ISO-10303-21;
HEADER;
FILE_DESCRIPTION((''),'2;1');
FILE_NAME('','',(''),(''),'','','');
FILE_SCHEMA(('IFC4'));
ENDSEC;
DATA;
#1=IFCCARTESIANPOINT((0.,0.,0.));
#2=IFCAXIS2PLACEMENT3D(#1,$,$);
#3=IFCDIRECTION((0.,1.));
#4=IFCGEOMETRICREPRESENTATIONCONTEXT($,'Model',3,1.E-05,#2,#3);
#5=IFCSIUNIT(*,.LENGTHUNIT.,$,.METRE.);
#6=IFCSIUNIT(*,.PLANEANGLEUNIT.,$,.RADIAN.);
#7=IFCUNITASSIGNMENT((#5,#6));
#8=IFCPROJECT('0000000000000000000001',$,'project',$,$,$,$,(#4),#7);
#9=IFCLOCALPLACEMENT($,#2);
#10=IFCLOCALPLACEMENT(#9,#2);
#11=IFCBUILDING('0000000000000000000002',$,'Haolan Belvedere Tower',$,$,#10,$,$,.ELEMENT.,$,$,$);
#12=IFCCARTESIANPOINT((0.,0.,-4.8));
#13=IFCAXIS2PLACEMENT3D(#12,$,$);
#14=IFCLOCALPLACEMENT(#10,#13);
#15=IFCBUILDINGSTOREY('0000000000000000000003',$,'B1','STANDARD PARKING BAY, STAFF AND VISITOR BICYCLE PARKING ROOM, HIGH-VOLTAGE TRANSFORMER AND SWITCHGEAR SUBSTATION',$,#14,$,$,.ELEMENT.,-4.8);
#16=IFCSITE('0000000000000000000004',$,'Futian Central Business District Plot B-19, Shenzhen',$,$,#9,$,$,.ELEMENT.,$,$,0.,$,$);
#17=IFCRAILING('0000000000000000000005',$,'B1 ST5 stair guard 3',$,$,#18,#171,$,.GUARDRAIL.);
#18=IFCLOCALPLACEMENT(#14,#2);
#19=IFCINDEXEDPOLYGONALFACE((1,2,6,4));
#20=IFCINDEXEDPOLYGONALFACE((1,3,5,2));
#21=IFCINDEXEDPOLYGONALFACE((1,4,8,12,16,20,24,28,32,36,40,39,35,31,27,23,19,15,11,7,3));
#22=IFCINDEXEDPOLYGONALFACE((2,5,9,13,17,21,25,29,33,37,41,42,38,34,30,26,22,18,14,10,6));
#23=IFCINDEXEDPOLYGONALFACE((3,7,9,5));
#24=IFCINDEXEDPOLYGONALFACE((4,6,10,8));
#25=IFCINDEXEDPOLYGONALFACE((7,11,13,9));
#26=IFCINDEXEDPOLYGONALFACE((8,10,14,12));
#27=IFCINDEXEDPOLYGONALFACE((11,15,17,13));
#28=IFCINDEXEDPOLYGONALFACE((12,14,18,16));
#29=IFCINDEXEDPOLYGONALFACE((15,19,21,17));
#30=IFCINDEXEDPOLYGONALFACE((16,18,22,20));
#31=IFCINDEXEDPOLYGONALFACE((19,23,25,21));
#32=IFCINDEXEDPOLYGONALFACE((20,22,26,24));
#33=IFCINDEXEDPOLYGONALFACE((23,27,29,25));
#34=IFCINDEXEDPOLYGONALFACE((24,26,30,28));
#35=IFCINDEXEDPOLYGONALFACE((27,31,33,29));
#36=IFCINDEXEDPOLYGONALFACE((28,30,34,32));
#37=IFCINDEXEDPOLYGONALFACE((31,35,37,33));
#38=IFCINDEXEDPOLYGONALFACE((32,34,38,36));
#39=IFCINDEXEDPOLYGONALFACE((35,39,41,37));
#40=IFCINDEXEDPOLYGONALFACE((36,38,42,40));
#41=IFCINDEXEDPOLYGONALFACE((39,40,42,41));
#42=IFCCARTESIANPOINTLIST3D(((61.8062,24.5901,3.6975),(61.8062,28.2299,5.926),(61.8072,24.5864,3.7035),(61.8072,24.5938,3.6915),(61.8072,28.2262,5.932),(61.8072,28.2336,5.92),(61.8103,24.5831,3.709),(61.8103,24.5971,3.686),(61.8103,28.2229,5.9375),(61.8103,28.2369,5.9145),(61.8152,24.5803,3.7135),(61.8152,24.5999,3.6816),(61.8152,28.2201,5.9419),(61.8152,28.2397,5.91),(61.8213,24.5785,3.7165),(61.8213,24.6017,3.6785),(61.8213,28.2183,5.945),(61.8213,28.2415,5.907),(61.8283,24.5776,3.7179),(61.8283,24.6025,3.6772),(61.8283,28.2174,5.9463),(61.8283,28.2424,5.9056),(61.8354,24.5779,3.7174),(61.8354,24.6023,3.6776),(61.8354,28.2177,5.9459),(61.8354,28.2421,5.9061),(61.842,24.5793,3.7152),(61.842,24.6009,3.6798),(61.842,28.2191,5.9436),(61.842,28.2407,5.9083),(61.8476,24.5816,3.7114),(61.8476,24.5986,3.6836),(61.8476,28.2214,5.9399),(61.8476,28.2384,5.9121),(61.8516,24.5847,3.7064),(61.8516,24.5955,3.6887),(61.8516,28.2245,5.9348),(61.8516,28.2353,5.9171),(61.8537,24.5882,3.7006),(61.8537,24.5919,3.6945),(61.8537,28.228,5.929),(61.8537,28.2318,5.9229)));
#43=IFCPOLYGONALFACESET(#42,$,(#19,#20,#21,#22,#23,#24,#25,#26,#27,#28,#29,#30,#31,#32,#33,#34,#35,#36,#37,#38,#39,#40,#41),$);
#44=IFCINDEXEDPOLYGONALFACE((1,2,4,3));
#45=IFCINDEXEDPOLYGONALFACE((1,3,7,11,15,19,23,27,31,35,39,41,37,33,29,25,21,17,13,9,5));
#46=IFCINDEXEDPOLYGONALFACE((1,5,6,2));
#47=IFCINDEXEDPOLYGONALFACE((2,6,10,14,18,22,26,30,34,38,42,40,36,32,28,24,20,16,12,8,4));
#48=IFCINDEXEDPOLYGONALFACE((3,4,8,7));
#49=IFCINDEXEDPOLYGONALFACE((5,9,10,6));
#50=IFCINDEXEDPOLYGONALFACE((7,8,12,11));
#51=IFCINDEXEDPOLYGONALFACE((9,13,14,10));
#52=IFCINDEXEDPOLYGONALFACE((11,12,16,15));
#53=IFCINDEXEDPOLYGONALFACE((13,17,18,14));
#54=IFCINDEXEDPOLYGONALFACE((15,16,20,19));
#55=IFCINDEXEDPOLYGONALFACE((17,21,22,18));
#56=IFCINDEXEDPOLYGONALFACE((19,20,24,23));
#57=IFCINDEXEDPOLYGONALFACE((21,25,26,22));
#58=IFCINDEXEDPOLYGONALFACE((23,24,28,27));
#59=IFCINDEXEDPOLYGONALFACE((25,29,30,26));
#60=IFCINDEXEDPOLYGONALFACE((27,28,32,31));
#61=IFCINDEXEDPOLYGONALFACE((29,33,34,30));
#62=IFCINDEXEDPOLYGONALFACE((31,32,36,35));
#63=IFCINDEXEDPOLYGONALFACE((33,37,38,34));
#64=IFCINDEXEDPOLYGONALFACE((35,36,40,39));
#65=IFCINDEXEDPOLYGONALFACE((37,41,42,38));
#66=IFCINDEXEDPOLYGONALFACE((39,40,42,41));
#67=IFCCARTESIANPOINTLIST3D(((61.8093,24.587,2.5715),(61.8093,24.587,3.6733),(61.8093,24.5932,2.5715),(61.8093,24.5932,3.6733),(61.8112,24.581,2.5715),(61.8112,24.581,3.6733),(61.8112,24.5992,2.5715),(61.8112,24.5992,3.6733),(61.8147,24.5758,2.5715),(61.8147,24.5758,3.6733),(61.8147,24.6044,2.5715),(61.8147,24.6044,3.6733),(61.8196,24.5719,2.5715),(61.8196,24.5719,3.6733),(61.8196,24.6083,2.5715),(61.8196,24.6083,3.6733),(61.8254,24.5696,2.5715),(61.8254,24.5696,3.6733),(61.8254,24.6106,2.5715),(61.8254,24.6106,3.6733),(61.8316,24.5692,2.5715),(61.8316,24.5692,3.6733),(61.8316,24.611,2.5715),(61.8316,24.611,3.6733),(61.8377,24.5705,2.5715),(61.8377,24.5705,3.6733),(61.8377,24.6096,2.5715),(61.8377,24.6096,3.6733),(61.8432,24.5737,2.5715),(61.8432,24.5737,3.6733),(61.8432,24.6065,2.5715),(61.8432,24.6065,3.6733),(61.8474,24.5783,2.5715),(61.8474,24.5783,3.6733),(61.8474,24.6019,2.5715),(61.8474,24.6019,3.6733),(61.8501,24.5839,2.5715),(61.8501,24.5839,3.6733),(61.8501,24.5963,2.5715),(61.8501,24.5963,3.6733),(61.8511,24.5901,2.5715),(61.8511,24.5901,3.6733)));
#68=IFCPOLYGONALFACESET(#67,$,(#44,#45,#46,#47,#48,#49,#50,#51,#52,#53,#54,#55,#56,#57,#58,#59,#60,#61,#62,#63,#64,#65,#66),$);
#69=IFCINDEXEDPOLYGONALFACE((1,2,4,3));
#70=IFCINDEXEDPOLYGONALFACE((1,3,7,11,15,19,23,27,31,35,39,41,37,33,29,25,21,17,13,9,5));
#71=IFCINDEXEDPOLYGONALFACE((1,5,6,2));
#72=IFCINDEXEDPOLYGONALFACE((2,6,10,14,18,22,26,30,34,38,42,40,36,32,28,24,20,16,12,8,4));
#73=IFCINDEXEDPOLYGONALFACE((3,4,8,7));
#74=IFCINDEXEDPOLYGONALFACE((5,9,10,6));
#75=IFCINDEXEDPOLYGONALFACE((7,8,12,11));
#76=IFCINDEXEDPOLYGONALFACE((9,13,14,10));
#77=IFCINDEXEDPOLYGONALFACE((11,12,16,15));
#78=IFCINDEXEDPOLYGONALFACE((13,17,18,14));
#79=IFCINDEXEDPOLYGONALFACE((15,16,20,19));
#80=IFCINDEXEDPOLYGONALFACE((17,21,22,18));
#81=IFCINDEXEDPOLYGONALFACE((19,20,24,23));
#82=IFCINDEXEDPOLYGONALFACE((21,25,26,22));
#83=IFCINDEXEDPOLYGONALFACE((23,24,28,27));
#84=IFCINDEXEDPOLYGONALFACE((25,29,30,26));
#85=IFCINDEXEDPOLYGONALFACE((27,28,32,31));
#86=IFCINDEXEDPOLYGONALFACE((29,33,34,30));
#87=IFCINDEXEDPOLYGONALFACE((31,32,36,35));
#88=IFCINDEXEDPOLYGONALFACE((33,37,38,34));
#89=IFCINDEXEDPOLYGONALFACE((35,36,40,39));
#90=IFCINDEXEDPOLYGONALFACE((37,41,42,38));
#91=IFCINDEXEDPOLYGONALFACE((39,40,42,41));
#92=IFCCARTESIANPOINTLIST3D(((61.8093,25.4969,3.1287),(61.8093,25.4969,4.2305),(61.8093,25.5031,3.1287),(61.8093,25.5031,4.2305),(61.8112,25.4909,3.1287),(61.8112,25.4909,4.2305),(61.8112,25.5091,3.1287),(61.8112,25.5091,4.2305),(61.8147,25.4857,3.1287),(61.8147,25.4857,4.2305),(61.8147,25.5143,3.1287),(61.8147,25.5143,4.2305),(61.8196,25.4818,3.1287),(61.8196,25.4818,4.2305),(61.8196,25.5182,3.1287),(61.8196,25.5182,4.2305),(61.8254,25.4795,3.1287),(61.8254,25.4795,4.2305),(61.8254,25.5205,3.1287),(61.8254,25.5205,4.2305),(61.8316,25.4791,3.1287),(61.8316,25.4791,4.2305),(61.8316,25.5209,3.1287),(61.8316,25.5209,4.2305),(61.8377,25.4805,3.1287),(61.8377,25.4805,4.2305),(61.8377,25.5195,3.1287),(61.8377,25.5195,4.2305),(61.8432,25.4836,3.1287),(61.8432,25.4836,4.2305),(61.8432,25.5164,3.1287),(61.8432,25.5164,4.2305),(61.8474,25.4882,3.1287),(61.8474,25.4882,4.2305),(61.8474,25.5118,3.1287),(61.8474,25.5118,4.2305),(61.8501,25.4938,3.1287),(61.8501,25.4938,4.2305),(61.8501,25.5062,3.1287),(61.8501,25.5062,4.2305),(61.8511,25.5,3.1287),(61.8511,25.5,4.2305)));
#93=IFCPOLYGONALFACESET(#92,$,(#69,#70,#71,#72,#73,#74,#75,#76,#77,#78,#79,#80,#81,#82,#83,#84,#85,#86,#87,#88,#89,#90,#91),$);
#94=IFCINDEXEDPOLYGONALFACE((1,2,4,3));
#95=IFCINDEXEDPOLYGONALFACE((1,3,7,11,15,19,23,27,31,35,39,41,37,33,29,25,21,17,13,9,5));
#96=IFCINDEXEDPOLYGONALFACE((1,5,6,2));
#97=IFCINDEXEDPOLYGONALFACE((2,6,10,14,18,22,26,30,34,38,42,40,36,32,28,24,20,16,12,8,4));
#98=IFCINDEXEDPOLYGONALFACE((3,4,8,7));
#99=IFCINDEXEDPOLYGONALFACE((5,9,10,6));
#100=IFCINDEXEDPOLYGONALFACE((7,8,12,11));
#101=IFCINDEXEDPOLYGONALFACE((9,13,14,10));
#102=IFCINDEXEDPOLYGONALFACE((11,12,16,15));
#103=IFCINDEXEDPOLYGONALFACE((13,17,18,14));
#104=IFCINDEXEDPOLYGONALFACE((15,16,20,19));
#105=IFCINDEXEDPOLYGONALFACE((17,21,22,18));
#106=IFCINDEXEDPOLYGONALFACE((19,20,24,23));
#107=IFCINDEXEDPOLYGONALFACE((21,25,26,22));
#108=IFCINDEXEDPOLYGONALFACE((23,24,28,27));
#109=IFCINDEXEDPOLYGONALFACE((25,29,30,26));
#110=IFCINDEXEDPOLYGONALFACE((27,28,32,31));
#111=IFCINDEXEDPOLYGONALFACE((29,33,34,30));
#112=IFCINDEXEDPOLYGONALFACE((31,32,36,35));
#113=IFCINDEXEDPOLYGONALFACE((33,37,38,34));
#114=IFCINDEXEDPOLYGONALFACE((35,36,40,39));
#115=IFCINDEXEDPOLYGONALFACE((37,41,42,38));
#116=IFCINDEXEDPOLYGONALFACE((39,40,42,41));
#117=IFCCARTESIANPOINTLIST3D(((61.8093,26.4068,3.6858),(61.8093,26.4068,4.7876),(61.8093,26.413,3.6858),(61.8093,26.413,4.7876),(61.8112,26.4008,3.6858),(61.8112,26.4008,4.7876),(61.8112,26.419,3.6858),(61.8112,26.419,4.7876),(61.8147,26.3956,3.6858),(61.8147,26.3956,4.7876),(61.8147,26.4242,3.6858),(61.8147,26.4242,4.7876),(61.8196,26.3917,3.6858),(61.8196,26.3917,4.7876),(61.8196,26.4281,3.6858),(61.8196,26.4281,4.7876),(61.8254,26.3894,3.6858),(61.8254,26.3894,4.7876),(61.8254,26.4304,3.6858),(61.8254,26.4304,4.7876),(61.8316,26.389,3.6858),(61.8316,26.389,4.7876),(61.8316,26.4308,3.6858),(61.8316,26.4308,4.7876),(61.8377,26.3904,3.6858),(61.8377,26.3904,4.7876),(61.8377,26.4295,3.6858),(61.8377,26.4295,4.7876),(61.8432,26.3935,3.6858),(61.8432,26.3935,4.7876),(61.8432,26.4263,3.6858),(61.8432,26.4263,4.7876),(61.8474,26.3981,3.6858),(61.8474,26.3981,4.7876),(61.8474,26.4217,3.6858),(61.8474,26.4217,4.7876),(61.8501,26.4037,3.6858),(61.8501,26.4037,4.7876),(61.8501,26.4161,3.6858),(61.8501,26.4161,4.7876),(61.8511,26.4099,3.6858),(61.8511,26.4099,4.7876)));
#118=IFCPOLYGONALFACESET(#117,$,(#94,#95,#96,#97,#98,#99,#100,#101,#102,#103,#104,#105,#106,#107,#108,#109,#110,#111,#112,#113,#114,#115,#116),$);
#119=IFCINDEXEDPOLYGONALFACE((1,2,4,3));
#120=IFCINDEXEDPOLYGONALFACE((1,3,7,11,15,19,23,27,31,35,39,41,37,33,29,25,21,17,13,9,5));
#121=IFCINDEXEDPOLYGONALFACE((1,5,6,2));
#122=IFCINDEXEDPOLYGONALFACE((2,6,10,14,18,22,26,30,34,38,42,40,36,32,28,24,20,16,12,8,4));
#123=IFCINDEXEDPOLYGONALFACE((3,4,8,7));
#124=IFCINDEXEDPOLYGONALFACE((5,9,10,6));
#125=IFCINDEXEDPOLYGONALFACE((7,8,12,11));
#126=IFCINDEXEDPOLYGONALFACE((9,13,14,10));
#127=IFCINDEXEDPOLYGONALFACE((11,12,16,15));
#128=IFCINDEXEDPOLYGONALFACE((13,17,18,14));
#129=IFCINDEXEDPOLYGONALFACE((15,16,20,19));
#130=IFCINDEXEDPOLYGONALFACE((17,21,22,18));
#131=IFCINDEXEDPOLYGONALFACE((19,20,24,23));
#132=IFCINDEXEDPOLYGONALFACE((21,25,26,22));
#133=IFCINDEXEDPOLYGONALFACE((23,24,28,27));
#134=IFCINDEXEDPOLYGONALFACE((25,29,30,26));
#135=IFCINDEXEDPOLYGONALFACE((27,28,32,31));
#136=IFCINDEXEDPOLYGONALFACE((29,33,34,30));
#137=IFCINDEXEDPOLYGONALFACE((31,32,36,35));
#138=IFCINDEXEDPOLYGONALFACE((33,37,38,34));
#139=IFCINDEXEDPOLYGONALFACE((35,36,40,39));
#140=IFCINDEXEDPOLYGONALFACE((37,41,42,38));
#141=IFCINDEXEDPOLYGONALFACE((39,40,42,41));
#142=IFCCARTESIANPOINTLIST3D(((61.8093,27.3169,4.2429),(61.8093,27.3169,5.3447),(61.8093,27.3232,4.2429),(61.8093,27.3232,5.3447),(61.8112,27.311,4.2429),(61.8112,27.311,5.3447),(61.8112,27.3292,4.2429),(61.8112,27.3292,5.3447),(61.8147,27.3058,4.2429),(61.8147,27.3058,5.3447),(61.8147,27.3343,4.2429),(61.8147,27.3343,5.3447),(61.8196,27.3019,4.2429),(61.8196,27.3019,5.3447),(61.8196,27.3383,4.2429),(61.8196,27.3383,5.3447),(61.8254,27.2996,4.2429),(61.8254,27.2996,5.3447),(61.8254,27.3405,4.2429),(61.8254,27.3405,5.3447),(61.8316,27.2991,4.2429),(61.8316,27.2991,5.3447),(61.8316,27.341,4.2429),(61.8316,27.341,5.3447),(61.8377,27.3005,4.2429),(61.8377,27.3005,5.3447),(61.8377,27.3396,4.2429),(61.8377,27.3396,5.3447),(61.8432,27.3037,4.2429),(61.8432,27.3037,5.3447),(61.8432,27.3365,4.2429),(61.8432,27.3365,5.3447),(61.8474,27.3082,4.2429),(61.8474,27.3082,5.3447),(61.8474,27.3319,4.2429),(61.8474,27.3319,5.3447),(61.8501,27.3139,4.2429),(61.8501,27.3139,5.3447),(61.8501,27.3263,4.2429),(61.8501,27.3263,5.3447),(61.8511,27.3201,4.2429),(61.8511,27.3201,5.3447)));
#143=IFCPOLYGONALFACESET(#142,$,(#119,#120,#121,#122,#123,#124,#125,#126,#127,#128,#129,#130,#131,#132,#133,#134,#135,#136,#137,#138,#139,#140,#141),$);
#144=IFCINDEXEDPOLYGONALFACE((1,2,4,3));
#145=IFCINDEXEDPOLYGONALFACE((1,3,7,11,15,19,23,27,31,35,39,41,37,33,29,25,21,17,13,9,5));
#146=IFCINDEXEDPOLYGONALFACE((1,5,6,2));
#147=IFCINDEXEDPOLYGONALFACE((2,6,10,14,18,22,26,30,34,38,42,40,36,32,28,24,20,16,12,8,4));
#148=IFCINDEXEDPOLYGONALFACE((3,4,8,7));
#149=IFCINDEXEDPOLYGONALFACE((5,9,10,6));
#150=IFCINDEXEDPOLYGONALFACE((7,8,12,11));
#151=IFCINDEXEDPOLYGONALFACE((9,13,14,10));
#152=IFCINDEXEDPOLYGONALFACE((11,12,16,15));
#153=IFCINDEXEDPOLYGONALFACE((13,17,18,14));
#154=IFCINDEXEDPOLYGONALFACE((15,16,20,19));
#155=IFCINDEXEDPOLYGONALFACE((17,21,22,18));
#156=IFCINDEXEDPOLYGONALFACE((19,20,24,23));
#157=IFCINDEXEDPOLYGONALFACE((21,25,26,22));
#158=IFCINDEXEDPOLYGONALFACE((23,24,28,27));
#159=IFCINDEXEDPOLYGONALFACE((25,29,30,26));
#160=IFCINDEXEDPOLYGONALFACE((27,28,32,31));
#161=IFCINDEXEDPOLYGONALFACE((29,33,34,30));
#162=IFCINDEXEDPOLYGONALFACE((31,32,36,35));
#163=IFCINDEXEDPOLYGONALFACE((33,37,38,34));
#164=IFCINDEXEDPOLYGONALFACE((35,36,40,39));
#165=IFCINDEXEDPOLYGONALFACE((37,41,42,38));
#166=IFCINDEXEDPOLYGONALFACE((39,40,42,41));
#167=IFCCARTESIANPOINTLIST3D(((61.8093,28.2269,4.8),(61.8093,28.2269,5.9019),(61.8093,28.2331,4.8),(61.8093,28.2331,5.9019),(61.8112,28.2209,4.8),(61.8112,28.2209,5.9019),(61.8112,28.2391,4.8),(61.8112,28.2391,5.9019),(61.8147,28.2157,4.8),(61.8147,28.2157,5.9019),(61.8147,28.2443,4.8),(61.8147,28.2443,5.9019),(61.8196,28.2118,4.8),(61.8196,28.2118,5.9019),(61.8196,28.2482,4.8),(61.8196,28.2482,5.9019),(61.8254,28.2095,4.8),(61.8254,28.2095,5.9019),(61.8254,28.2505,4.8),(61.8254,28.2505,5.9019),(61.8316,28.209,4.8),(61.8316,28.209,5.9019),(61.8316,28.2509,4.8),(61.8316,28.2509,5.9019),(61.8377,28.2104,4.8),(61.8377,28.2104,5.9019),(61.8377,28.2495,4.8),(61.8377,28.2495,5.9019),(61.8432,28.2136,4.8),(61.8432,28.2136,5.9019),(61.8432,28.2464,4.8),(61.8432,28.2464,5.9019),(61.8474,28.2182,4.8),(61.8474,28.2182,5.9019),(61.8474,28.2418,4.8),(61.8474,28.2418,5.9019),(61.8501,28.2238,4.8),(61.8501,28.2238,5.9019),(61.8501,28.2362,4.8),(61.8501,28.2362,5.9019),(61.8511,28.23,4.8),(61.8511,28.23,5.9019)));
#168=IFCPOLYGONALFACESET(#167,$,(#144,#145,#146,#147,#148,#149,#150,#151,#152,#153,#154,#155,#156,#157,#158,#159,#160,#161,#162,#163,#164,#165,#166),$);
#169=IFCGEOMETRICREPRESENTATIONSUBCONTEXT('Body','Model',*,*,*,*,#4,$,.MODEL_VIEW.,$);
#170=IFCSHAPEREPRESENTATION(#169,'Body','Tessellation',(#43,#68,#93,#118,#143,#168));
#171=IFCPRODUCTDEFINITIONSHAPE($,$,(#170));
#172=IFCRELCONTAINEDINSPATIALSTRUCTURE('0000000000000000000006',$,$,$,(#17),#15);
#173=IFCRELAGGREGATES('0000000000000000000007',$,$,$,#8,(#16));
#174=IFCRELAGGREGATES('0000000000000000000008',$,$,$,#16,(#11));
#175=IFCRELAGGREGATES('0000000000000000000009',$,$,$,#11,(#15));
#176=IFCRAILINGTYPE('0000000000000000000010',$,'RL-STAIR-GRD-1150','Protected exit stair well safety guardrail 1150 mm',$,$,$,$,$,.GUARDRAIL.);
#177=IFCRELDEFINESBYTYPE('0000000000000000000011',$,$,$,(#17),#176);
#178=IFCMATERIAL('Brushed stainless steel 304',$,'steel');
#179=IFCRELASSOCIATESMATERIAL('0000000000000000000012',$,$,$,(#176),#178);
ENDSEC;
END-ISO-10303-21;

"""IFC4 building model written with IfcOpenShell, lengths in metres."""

from ifc_helpers import new_model, si_unit, direction, frame, origin, origin_2d, place, context, subcontext, project, spatial, circle, extrude, material, type_object, element, save


model = new_model("IFC4")

# Units and contexts
model_context = context("Model", 3, precision=1e-05, world=origin(), true_north=direction((0.0, 1.0)))
body_context = subcontext(model_context, "Body", "Model", "MODEL_VIEW")
ifc_project = project(units=[si_unit("LENGTHUNIT", "METRE"), si_unit("PLANEANGLEUNIT", "RADIAN")], contexts=[model_context])

# Site, building, storey
site_placement = place(None, origin())
site = spatial("IfcSite", under=ifc_project, at=site_placement, Name="Futian Central Business District Plot B-19, Shenzhen", CompositionType="ELEMENT", RefElevation=0.0)
building_placement = place(site_placement, origin())
building = spatial("IfcBuilding", under=site, at=building_placement, Name="Haolan Belvedere Tower", CompositionType="ELEMENT")
storey_placement = place(building_placement, frame((0.0, 0.0, -4.8)))
storey = spatial("IfcBuildingStorey", under=building, at=storey_placement, Name="B1", Description="STANDARD PARKING BAY, STAFF AND VISITOR BICYCLE PARKING ROOM, HIGH-VOLTAGE TRANSFORMER AND SWITCHGEAR SUBSTATION", CompositionType="ELEMENT", Elevation=-4.8)

# Railing
ifc_material_1 = material(Name="Brushed stainless steel 304", Category="steel")
railing_type_1 = type_object("IfcRailingType", Name="RL-STAIR-GRD-1150", Description="Protected exit stair well safety guardrail 1150 mm", PredefinedType="GUARDRAIL", material=ifc_material_1)
railing_1_placement = place(storey_placement, frame((61.8301, 24.5901, 2.5715)))
element("IfcRailing", 1, at=railing_1_placement, inside=storey, type_object=railing_type_1, Name="B1 ST5 stair guard 3", PredefinedType="GUARDRAIL", context=body_context, shape_type="SweptSolid", body=[
    extrude(circle(Radius=0.0239, at=origin_2d()), frame((0.0, 0.0, 1.126), z_axis=(0.0, 0.85285, 0.522156), x_axis=(-1.0, 0.0, 0.0)), (0.0, 0.0, 1.0), 4.2678),
    extrude(circle(Radius=0.021, at=origin_2d()), origin(), (0.0, 0.0, 1.0), 1.1018),
    extrude(circle(Radius=0.021, at=origin_2d()), frame((0.0, 0.9099, 0.5571)), (0.0, 0.0, 1.0), 1.1018),
    extrude(circle(Radius=0.021, at=origin_2d()), frame((0.0, 1.8198, 1.1143)), (0.0, 0.0, 1.0), 1.1018),
    extrude(circle(Radius=0.021, at=origin_2d()), frame((0.0, 2.73, 1.6714)), (0.0, 0.0, 1.0), 1.1018),
    extrude(circle(Radius=0.021, at=origin_2d()), frame((0.0, 3.6399, 2.2285)), (0.0, 0.0, 1.0), 1.1018),
])

save(model, "model.ifc")
